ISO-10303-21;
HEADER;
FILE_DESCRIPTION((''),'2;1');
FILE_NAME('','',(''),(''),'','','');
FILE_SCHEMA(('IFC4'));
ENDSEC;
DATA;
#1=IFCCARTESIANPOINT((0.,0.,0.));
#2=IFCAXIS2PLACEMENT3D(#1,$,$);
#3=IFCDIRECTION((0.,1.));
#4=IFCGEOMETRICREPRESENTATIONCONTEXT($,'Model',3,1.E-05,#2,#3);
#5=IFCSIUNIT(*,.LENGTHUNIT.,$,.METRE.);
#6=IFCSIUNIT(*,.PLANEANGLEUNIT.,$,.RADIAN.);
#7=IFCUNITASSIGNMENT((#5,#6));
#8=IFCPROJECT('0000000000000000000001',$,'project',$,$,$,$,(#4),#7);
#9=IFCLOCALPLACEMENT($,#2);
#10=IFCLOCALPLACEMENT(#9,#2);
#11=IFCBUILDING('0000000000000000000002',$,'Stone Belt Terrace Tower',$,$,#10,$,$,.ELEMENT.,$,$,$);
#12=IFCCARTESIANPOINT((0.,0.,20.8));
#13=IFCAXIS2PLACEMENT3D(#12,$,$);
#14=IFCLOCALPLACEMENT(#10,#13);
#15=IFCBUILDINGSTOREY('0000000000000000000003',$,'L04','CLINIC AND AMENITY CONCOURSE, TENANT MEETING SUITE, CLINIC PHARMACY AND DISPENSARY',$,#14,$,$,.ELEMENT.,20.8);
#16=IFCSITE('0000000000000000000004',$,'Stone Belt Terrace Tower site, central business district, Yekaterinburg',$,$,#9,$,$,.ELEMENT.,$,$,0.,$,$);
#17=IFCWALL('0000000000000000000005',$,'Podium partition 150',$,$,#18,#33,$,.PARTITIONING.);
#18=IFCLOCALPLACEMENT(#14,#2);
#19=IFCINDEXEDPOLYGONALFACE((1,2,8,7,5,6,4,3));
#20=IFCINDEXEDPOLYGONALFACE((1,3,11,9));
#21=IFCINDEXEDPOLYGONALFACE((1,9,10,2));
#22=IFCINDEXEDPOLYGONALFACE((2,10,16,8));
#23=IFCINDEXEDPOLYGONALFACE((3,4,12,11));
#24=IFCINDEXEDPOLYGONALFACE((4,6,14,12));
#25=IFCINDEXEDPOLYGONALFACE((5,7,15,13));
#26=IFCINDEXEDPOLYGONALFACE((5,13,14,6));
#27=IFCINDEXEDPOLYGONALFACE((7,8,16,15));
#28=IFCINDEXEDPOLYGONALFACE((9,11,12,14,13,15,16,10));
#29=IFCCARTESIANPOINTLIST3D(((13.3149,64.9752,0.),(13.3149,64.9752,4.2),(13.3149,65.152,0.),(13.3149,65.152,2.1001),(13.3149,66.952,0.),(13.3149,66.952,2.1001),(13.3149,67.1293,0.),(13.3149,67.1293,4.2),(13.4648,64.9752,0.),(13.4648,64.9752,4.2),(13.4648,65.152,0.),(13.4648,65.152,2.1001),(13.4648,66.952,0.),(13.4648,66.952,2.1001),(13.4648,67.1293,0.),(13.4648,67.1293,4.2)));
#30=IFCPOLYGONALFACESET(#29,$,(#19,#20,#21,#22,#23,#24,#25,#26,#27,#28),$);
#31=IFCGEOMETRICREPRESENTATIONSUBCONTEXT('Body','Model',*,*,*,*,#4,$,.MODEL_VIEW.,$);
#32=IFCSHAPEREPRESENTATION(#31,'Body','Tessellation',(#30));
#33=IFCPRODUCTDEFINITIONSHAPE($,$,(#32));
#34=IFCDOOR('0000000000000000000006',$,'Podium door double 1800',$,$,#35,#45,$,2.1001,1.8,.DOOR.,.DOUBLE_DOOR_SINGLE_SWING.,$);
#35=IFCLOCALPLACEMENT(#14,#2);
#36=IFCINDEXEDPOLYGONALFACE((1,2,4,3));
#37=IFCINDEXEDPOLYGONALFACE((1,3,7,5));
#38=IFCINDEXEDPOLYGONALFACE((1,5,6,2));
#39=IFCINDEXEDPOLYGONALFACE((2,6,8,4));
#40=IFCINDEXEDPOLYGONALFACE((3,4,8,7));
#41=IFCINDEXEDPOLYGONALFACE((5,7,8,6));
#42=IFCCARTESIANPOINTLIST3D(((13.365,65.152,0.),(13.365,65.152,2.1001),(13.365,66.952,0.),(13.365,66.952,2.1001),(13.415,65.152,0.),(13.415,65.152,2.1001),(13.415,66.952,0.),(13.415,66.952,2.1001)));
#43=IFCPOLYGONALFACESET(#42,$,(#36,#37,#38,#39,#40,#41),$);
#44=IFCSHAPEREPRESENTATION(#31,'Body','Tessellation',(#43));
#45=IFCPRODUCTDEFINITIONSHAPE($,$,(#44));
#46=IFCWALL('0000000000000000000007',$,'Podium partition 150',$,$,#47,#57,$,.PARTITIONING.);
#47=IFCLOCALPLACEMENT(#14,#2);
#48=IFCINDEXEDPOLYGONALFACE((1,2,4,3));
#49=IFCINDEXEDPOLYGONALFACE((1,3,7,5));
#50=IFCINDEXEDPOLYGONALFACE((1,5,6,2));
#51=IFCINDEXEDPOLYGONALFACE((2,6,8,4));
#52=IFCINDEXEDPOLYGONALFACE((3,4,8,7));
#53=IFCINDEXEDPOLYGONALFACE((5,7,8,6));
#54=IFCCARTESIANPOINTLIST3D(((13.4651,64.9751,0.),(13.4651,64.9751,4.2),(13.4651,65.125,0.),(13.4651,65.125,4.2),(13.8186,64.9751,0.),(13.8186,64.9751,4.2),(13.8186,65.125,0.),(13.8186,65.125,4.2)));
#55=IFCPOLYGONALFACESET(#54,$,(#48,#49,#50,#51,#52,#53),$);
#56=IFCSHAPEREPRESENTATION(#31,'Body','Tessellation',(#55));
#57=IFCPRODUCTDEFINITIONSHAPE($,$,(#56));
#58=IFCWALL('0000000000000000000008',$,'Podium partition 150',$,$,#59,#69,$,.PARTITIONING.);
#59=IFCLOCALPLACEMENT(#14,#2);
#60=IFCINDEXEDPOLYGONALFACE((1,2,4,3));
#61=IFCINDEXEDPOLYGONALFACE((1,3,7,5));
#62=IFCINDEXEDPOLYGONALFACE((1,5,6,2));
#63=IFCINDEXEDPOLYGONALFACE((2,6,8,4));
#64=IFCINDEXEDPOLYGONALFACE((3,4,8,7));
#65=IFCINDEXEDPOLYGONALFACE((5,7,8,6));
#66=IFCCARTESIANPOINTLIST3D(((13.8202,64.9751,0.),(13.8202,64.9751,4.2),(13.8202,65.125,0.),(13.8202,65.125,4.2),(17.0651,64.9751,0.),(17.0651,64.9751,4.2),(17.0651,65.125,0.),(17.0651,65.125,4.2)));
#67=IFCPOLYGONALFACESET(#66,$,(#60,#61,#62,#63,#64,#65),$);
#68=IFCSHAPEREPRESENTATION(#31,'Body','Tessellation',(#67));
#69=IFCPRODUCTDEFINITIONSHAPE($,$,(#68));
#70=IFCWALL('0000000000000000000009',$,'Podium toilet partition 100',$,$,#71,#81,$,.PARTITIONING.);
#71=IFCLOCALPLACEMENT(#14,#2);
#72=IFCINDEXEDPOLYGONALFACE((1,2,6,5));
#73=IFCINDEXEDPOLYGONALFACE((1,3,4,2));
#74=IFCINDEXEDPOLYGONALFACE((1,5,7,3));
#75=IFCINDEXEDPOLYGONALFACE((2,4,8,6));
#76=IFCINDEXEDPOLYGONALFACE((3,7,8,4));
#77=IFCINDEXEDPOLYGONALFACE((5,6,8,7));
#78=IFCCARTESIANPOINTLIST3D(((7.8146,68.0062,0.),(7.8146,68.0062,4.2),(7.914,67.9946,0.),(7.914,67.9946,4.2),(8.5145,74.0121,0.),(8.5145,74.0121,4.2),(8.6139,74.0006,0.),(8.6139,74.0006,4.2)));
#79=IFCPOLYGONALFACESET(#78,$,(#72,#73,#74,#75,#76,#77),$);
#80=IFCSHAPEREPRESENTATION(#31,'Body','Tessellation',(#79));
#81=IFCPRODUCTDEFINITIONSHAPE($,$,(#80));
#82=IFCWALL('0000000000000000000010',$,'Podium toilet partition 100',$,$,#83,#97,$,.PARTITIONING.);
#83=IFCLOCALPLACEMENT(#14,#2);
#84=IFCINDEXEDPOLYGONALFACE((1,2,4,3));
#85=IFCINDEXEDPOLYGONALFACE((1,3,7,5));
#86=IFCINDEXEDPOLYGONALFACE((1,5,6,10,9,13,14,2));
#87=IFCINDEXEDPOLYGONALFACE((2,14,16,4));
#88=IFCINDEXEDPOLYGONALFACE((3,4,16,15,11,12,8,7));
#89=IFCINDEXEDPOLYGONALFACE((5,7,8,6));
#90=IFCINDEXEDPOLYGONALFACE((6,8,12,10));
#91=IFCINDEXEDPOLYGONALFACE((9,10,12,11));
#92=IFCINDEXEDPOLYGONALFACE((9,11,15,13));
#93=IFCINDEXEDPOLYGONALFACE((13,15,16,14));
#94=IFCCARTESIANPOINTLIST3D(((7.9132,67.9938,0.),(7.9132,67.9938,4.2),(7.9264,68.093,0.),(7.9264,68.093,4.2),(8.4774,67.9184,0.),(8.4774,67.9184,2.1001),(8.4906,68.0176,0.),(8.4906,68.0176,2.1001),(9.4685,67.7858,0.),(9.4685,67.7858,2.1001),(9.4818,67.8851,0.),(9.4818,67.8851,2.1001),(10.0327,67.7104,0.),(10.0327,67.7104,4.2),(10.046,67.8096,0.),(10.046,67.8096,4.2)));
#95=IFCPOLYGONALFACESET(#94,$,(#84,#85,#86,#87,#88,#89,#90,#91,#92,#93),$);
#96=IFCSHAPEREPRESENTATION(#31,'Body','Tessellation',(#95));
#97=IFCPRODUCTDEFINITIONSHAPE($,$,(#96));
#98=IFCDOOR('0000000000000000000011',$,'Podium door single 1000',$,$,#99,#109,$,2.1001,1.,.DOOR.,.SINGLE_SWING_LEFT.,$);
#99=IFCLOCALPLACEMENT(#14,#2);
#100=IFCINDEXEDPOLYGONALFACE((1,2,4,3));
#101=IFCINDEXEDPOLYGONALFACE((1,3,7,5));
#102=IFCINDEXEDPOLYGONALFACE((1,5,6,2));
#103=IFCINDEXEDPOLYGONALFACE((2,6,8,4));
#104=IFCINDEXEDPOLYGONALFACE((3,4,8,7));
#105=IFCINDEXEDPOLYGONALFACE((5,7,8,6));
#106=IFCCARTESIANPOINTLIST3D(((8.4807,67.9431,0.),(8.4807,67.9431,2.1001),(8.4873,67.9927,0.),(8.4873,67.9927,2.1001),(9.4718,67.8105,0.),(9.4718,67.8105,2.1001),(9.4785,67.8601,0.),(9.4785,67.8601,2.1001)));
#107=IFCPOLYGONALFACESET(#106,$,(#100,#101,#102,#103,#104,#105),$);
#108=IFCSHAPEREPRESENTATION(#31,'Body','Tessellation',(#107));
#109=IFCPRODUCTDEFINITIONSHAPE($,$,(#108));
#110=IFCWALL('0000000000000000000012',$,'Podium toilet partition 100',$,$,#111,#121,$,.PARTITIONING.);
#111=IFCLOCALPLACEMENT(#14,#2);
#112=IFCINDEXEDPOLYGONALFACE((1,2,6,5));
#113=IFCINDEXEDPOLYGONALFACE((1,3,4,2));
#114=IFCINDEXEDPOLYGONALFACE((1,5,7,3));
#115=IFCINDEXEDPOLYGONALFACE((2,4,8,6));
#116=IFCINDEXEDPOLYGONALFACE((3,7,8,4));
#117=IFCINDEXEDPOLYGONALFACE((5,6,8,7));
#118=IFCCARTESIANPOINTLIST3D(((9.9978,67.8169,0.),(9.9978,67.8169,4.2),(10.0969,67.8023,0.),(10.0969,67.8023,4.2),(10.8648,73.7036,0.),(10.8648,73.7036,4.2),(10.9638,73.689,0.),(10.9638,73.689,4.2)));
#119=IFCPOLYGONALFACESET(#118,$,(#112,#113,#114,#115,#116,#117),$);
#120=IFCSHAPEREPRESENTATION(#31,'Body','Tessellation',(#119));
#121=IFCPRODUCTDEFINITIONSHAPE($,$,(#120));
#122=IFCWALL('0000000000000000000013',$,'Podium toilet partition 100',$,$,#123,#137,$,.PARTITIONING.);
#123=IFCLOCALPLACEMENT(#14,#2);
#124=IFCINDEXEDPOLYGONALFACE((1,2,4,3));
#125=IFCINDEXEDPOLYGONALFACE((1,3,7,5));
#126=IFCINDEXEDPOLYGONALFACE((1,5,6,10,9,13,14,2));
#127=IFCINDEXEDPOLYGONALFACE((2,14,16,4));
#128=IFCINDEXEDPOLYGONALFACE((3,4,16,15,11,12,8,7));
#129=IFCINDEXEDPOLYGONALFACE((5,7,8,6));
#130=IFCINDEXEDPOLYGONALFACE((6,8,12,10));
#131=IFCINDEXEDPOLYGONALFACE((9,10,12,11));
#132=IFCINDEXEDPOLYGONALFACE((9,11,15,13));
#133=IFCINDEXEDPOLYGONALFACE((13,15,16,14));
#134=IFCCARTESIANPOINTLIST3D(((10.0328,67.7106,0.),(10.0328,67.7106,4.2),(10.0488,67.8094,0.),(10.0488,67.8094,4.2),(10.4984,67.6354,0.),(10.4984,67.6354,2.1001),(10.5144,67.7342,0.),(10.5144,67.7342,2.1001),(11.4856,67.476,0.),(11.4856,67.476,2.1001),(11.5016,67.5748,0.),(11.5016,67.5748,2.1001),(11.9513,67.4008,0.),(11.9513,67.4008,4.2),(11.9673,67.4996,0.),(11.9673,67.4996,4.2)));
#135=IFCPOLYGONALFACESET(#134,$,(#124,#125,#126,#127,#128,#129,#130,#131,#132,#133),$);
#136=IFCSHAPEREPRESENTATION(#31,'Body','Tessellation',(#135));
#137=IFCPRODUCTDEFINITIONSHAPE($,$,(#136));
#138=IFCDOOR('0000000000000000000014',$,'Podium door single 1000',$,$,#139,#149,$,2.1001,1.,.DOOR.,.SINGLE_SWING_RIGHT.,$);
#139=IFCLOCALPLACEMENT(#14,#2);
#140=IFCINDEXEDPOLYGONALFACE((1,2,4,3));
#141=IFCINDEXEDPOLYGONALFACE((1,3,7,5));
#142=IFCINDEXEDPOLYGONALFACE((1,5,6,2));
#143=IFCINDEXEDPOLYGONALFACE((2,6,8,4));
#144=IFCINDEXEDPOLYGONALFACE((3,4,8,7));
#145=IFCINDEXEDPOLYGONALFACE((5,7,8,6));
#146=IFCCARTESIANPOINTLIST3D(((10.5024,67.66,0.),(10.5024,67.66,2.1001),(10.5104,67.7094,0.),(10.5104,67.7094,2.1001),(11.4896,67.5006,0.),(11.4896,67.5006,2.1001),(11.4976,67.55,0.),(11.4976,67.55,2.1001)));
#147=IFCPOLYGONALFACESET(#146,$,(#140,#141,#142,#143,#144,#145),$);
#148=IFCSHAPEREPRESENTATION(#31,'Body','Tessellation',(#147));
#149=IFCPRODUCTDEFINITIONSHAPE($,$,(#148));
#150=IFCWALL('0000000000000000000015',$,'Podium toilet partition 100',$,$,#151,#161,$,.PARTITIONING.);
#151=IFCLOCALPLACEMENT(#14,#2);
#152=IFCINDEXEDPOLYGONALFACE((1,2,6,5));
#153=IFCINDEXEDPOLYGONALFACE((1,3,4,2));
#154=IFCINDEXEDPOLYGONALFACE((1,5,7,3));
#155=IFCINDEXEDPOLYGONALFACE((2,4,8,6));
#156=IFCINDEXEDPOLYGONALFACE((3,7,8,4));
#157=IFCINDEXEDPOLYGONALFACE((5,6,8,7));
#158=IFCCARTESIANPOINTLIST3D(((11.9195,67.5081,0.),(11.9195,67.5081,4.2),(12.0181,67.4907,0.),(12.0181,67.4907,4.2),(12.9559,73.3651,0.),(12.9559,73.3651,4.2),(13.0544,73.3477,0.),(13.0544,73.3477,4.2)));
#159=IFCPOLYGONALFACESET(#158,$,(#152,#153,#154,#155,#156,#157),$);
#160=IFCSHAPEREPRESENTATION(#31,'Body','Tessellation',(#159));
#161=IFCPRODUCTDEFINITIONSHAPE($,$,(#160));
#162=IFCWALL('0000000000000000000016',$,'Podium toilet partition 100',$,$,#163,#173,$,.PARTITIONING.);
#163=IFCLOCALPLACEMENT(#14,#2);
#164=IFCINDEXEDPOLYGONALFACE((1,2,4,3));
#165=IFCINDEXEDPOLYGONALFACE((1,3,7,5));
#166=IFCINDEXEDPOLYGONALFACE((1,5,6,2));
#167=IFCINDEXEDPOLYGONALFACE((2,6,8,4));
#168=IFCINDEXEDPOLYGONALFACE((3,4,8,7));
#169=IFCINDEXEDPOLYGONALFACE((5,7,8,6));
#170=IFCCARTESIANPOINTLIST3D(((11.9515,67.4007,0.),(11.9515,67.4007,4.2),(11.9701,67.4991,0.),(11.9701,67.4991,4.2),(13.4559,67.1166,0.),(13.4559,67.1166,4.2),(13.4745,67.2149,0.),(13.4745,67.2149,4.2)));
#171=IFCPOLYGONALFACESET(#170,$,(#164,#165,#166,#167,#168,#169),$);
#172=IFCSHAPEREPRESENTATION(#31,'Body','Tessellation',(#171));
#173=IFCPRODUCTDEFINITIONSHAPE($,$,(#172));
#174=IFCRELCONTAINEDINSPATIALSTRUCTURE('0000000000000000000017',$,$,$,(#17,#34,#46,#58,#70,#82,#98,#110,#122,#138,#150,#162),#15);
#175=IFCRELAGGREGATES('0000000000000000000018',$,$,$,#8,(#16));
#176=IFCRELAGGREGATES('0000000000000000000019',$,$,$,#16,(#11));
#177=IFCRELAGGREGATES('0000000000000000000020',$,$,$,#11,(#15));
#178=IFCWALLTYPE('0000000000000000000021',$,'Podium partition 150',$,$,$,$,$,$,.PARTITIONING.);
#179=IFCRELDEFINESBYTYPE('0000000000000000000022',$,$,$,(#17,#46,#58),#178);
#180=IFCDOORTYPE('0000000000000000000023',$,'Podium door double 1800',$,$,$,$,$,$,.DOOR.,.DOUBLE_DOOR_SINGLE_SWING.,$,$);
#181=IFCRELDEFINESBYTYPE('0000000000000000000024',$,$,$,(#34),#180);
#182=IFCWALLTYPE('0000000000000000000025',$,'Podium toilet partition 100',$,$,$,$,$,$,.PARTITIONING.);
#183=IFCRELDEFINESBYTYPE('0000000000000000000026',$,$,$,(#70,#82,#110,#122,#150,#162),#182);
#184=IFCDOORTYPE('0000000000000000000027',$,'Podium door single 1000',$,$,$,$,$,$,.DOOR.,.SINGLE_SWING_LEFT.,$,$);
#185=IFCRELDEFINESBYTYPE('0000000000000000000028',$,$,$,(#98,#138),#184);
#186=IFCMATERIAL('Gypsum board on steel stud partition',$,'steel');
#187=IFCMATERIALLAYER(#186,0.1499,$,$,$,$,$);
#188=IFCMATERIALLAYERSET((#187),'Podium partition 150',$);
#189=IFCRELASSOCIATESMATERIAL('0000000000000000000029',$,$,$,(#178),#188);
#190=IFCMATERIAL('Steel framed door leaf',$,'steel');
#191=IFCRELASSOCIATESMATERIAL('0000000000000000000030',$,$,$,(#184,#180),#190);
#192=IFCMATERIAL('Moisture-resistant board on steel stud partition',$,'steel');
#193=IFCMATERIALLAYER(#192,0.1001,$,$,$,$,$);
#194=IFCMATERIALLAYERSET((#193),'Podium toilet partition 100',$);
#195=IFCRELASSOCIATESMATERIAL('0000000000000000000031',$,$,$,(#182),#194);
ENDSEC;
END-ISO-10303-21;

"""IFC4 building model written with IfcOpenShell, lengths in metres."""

from ifc_helpers import new_model, si_unit, direction, frame, frame_2d, origin, place, context, subcontext, project, spatial, rectangle, extrude, material, layer, layer_set, type_object, element, fill, save


model = new_model("IFC4")

# Units and contexts
model_context = context("Model", 3, precision=1e-05, world=origin(), true_north=direction((0.0, 1.0)))
body_context = subcontext(model_context, "Body", "Model", "MODEL_VIEW")
ifc_project = project(units=[si_unit("LENGTHUNIT", "METRE"), si_unit("PLANEANGLEUNIT", "RADIAN")], contexts=[model_context])

# Site, building, storey
site_placement = place(None, origin())
site = spatial("IfcSite", under=ifc_project, at=site_placement, Name="Stone Belt Terrace Tower site, central business district, Yekaterinburg", CompositionType="ELEMENT", RefElevation=0.0)
building_placement = place(site_placement, origin())
building = spatial("IfcBuilding", under=site, at=building_placement, Name="Stone Belt Terrace Tower", CompositionType="ELEMENT")
storey_placement = place(building_placement, frame((0.0, 0.0, 20.8)))
storey = spatial("IfcBuildingStorey", under=building, at=storey_placement, Name="L04", Description="CLINIC AND AMENITY CONCOURSE, TENANT MEETING SUITE, CLINIC PHARMACY AND DISPENSARY", CompositionType="ELEMENT", Elevation=20.8)

# Shared definitions
ifc_material_1 = material(Name="Gypsum board on steel stud partition", Category="steel")
ifc_layer_1 = layer(ifc_material_1, 0.1499)
ifc_layer_set_1 = layer_set([ifc_layer_1], Name="Podium partition 150")
wall_type_1 = type_object("IfcWallType", Name="Podium partition 150", PredefinedType="PARTITIONING", material=ifc_layer_set_1)
ifc_material_2 = material(Name="Steel framed door leaf", Category="steel")
door_type_1 = type_object("IfcDoorType", Name="Podium door single 1000", OperationType="SINGLE_SWING_LEFT", PredefinedType="DOOR", material=ifc_material_2)

# Wall, opening, door
wall_1_placement = place(storey_placement, frame((13.3899, 64.9751, 0.0), z_axis=(0.0, 0.0, 1.0), x_axis=(0.0, 1.0, 0.0)))
wall_1 = element("IfcWall", 1, at=wall_1_placement, inside=storey, type_object=wall_type_1, Name="Podium partition 150", PredefinedType="PARTITIONING", context=body_context, shape_type="SweptSolid", body=[
    extrude(rectangle(XDim=2.1541, YDim=0.1499, at=frame_2d((1.0771, 0.0))), origin(), (0.0, 0.0, 1.0), 4.2),
])
opening_1_placement = place(wall_1_placement, frame((0.177, 0.0, 0.0)))
opening_1 = element("IfcOpeningElement", 2, at=opening_1_placement, cuts=wall_1, PredefinedType="OPENING", context=body_context, shape_type="SweptSolid", body=[
    extrude(rectangle(XDim=1.8, YDim=2.1001, at=frame_2d((0.8999, 1.05))), frame((0.0, 0.085, 0.0), z_axis=(0.0, -1.0, 0.0), x_axis=(1.0, 0.0, 0.0)), (0.0, 0.0, 1.0), 0.1699),
])
door_type_2 = type_object("IfcDoorType", Name="Podium door double 1800", OperationType="DOUBLE_DOOR_SINGLE_SWING", PredefinedType="DOOR", material=ifc_material_2)
door_1_placement = place(opening_1_placement, origin())
door_1 = element("IfcDoor", 3, at=door_1_placement, inside=storey, type_object=door_type_2, Name="Podium door double 1800", OperationType="DOUBLE_DOOR_SINGLE_SWING", OverallHeight=2.1001, OverallWidth=1.8, PredefinedType="DOOR", context=body_context, shape_type="SweptSolid", body=[
    extrude(rectangle(XDim=1.8, YDim=2.1001, at=frame_2d((0.8999, 1.05))), frame((0.0, 0.0249, 0.0), z_axis=(0.0, -1.0, 0.0), x_axis=(1.0, 0.0, 0.0)), (0.0, 0.0, 1.0), 0.05),
])
fill(opening_1, door_1)

# Walls
wall_2_placement = place(storey_placement, frame((13.4651, 65.05, 0.0), z_axis=(0.0, 0.0, 1.0), x_axis=(1.0, 0.0, 0.0)))
element("IfcWall", 4, at=wall_2_placement, inside=storey, type_object=wall_type_1, Name="Podium partition 150", PredefinedType="PARTITIONING", context=body_context, shape_type="SweptSolid", body=[
    extrude(rectangle(XDim=0.3535, YDim=0.1499, at=frame_2d((0.1768, 0.0))), origin(), (0.0, 0.0, 1.0), 4.2),
])
wall_3_placement = place(storey_placement, frame((13.8201, 65.05, 0.0), z_axis=(0.0, 0.0, 1.0), x_axis=(1.0, 0.0, 0.0)))
element("IfcWall", 5, at=wall_3_placement, inside=storey, type_object=wall_type_1, Name="Podium partition 150", PredefinedType="PARTITIONING", context=body_context, shape_type="SweptSolid", body=[
    extrude(rectangle(XDim=3.2449, YDim=0.1499, at=frame_2d((1.6226, 0.0))), origin(), (0.0, 0.0, 1.0), 4.2),
])
ifc_material_3 = material(Name="Moisture-resistant board on steel stud partition", Category="steel")
ifc_layer_2 = layer(ifc_material_3, 0.1001)
ifc_layer_set_2 = layer_set([ifc_layer_2], Name="Podium toilet partition 100")
wall_type_2 = type_object("IfcWallType", Name="Podium toilet partition 100", PredefinedType="PARTITIONING", material=ifc_layer_set_2)
wall_4_placement = place(storey_placement, frame((7.8643, 68.0002, 0.0), z_axis=(0.0, 0.0, 1.0), x_axis=(0.115761, 0.993277, 0.0)))
element("IfcWall", 6, at=wall_4_placement, inside=storey, type_object=wall_type_2, Name="Podium toilet partition 100", PredefinedType="PARTITIONING", context=body_context, shape_type="SweptSolid", body=[
    extrude(rectangle(XDim=6.0466, YDim=0.1001, at=frame_2d((3.0234, 0.0))), origin(), (0.0, 0.0, 1.0), 4.2),
])

# Wall, opening, door
wall_5_placement = place(storey_placement, frame((7.9197, 68.0435, 0.0), z_axis=(0.0, 0.0, 1.0), x_axis=(0.991177, -0.132545, 0.0)))
wall_5 = element("IfcWall", 7, at=wall_5_placement, inside=storey, type_object=wall_type_2, Name="Podium toilet partition 100", PredefinedType="PARTITIONING", context=body_context, shape_type="SweptSolid", body=[
    extrude(rectangle(XDim=2.1384, YDim=0.1001, at=frame_2d((1.0693, 0.0))), origin(), (0.0, 0.0, 1.0), 4.2),
])
opening_2_placement = place(wall_5_placement, frame((0.5693, 0.0, 0.0)))
opening_2 = element("IfcOpeningElement", 8, at=opening_2_placement, cuts=wall_5, PredefinedType="OPENING", context=body_context, shape_type="SweptSolid", body=[
    extrude(rectangle(XDim=1.0, YDim=2.1001, at=frame_2d((0.5, 1.05))), frame((0.0, 0.0601, 0.0), z_axis=(0.0, -1.0, 0.0), x_axis=(1.0, 0.0, 0.0)), (0.0, 0.0, 1.0), 0.1201),
])
door_2_placement = place(opening_2_placement, origin())
door_2 = element("IfcDoor", 9, at=door_2_placement, inside=storey, type_object=door_type_1, Name="Podium door single 1000", OperationType="SINGLE_SWING_LEFT", OverallHeight=2.1001, OverallWidth=1.0, PredefinedType="DOOR", context=body_context, shape_type="SweptSolid", body=[
    extrude(rectangle(XDim=1.0, YDim=2.1001, at=frame_2d((0.5, 1.05))), frame((0.0, 0.0249, 0.0), z_axis=(0.0, -1.0, 0.0), x_axis=(1.0, 0.0, 0.0)), (0.0, 0.0, 1.0), 0.05),
])
fill(opening_2, door_2)

# Wall
wall_6_placement = place(storey_placement, frame((10.0474, 67.8096, 0.0), z_axis=(0.0, 0.0, 1.0), x_axis=(0.1457, 0.989329, 0.0)))
element("IfcWall", 10, at=wall_6_placement, inside=storey, type_object=wall_type_2, Name="Podium toilet partition 100", PredefinedType="PARTITIONING", context=body_context, shape_type="SweptSolid", body=[
    extrude(rectangle(XDim=5.9502, YDim=0.1001, at=frame_2d((2.9751, 0.0))), origin(), (0.0, 0.0, 1.0), 4.2),
])

# Wall, opening, door
wall_7_placement = place(storey_placement, frame((10.0408, 67.76, 0.0), z_axis=(0.0, 0.0, 1.0), x_axis=(0.98721, -0.159426, 0.0)))
wall_7 = element("IfcWall", 11, at=wall_7_placement, inside=storey, type_object=wall_type_2, Name="Podium toilet partition 100", PredefinedType="PARTITIONING", context=body_context, shape_type="SweptSolid", body=[
    extrude(rectangle(XDim=1.9434, YDim=0.1001, at=frame_2d((0.9717, 0.0))), origin(), (0.0, 0.0, 1.0), 4.2),
])
opening_3_placement = place(wall_7_placement, frame((0.4717, 0.0, 0.0)))
opening_3 = element("IfcOpeningElement", 12, at=opening_3_placement, cuts=wall_7, PredefinedType="OPENING", context=body_context, shape_type="SweptSolid", body=[
    extrude(rectangle(XDim=1.0, YDim=2.1001, at=frame_2d((0.5, 1.05))), frame((0.0, 0.0601, 0.0), z_axis=(0.0, -1.0, 0.0), x_axis=(1.0, 0.0, 0.0)), (0.0, 0.0, 1.0), 0.1201),
])
door_3_placement = place(opening_3_placement, origin())
door_3 = element("IfcDoor", 13, at=door_3_placement, inside=storey, type_object=door_type_1, Name="Podium door single 1000", OperationType="SINGLE_SWING_RIGHT", OverallHeight=2.1001, OverallWidth=1.0, PredefinedType="DOOR", context=body_context, shape_type="SweptSolid", body=[
    extrude(rectangle(XDim=1.0, YDim=2.1001, at=frame_2d((0.5, 1.05))), frame((0.0, 0.0249, 0.0), z_axis=(0.0, -1.0, 0.0), x_axis=(1.0, 0.0, 0.0)), (0.0, 0.0, 1.0), 0.05),
])
fill(opening_3, door_3)

# Walls
wall_8_placement = place(storey_placement, frame((11.9688, 67.4993, 0.0), z_axis=(0.0, 0.0, 1.0), x_axis=(0.174242, 0.984703, 0.0)))
element("IfcWall", 14, at=wall_8_placement, inside=storey, type_object=wall_type_2, Name="Podium toilet partition 100", PredefinedType="PARTITIONING", context=body_context, shape_type="SweptSolid", body=[
    extrude(rectangle(XDim=5.948, YDim=0.1001, at=frame_2d((2.9741, 0.0))), origin(), (0.0, 0.0, 1.0), 4.2),
])
wall_9_placement = place(storey_placement, frame((11.9607, 67.45, 0.0), z_axis=(0.0, 0.0, 1.0), x_axis=(0.982622, -0.185617, 0.0)))
element("IfcWall", 15, at=wall_9_placement, inside=storey, type_object=wall_type_2, Name="Podium toilet partition 100", PredefinedType="PARTITIONING", context=body_context, shape_type="SweptSolid", body=[
    extrude(rectangle(XDim=1.531, YDim=0.1001, at=frame_2d((0.7656, 0.0))), origin(), (0.0, 0.0, 1.0), 4.2),
])

save(model, "model.ifc")
